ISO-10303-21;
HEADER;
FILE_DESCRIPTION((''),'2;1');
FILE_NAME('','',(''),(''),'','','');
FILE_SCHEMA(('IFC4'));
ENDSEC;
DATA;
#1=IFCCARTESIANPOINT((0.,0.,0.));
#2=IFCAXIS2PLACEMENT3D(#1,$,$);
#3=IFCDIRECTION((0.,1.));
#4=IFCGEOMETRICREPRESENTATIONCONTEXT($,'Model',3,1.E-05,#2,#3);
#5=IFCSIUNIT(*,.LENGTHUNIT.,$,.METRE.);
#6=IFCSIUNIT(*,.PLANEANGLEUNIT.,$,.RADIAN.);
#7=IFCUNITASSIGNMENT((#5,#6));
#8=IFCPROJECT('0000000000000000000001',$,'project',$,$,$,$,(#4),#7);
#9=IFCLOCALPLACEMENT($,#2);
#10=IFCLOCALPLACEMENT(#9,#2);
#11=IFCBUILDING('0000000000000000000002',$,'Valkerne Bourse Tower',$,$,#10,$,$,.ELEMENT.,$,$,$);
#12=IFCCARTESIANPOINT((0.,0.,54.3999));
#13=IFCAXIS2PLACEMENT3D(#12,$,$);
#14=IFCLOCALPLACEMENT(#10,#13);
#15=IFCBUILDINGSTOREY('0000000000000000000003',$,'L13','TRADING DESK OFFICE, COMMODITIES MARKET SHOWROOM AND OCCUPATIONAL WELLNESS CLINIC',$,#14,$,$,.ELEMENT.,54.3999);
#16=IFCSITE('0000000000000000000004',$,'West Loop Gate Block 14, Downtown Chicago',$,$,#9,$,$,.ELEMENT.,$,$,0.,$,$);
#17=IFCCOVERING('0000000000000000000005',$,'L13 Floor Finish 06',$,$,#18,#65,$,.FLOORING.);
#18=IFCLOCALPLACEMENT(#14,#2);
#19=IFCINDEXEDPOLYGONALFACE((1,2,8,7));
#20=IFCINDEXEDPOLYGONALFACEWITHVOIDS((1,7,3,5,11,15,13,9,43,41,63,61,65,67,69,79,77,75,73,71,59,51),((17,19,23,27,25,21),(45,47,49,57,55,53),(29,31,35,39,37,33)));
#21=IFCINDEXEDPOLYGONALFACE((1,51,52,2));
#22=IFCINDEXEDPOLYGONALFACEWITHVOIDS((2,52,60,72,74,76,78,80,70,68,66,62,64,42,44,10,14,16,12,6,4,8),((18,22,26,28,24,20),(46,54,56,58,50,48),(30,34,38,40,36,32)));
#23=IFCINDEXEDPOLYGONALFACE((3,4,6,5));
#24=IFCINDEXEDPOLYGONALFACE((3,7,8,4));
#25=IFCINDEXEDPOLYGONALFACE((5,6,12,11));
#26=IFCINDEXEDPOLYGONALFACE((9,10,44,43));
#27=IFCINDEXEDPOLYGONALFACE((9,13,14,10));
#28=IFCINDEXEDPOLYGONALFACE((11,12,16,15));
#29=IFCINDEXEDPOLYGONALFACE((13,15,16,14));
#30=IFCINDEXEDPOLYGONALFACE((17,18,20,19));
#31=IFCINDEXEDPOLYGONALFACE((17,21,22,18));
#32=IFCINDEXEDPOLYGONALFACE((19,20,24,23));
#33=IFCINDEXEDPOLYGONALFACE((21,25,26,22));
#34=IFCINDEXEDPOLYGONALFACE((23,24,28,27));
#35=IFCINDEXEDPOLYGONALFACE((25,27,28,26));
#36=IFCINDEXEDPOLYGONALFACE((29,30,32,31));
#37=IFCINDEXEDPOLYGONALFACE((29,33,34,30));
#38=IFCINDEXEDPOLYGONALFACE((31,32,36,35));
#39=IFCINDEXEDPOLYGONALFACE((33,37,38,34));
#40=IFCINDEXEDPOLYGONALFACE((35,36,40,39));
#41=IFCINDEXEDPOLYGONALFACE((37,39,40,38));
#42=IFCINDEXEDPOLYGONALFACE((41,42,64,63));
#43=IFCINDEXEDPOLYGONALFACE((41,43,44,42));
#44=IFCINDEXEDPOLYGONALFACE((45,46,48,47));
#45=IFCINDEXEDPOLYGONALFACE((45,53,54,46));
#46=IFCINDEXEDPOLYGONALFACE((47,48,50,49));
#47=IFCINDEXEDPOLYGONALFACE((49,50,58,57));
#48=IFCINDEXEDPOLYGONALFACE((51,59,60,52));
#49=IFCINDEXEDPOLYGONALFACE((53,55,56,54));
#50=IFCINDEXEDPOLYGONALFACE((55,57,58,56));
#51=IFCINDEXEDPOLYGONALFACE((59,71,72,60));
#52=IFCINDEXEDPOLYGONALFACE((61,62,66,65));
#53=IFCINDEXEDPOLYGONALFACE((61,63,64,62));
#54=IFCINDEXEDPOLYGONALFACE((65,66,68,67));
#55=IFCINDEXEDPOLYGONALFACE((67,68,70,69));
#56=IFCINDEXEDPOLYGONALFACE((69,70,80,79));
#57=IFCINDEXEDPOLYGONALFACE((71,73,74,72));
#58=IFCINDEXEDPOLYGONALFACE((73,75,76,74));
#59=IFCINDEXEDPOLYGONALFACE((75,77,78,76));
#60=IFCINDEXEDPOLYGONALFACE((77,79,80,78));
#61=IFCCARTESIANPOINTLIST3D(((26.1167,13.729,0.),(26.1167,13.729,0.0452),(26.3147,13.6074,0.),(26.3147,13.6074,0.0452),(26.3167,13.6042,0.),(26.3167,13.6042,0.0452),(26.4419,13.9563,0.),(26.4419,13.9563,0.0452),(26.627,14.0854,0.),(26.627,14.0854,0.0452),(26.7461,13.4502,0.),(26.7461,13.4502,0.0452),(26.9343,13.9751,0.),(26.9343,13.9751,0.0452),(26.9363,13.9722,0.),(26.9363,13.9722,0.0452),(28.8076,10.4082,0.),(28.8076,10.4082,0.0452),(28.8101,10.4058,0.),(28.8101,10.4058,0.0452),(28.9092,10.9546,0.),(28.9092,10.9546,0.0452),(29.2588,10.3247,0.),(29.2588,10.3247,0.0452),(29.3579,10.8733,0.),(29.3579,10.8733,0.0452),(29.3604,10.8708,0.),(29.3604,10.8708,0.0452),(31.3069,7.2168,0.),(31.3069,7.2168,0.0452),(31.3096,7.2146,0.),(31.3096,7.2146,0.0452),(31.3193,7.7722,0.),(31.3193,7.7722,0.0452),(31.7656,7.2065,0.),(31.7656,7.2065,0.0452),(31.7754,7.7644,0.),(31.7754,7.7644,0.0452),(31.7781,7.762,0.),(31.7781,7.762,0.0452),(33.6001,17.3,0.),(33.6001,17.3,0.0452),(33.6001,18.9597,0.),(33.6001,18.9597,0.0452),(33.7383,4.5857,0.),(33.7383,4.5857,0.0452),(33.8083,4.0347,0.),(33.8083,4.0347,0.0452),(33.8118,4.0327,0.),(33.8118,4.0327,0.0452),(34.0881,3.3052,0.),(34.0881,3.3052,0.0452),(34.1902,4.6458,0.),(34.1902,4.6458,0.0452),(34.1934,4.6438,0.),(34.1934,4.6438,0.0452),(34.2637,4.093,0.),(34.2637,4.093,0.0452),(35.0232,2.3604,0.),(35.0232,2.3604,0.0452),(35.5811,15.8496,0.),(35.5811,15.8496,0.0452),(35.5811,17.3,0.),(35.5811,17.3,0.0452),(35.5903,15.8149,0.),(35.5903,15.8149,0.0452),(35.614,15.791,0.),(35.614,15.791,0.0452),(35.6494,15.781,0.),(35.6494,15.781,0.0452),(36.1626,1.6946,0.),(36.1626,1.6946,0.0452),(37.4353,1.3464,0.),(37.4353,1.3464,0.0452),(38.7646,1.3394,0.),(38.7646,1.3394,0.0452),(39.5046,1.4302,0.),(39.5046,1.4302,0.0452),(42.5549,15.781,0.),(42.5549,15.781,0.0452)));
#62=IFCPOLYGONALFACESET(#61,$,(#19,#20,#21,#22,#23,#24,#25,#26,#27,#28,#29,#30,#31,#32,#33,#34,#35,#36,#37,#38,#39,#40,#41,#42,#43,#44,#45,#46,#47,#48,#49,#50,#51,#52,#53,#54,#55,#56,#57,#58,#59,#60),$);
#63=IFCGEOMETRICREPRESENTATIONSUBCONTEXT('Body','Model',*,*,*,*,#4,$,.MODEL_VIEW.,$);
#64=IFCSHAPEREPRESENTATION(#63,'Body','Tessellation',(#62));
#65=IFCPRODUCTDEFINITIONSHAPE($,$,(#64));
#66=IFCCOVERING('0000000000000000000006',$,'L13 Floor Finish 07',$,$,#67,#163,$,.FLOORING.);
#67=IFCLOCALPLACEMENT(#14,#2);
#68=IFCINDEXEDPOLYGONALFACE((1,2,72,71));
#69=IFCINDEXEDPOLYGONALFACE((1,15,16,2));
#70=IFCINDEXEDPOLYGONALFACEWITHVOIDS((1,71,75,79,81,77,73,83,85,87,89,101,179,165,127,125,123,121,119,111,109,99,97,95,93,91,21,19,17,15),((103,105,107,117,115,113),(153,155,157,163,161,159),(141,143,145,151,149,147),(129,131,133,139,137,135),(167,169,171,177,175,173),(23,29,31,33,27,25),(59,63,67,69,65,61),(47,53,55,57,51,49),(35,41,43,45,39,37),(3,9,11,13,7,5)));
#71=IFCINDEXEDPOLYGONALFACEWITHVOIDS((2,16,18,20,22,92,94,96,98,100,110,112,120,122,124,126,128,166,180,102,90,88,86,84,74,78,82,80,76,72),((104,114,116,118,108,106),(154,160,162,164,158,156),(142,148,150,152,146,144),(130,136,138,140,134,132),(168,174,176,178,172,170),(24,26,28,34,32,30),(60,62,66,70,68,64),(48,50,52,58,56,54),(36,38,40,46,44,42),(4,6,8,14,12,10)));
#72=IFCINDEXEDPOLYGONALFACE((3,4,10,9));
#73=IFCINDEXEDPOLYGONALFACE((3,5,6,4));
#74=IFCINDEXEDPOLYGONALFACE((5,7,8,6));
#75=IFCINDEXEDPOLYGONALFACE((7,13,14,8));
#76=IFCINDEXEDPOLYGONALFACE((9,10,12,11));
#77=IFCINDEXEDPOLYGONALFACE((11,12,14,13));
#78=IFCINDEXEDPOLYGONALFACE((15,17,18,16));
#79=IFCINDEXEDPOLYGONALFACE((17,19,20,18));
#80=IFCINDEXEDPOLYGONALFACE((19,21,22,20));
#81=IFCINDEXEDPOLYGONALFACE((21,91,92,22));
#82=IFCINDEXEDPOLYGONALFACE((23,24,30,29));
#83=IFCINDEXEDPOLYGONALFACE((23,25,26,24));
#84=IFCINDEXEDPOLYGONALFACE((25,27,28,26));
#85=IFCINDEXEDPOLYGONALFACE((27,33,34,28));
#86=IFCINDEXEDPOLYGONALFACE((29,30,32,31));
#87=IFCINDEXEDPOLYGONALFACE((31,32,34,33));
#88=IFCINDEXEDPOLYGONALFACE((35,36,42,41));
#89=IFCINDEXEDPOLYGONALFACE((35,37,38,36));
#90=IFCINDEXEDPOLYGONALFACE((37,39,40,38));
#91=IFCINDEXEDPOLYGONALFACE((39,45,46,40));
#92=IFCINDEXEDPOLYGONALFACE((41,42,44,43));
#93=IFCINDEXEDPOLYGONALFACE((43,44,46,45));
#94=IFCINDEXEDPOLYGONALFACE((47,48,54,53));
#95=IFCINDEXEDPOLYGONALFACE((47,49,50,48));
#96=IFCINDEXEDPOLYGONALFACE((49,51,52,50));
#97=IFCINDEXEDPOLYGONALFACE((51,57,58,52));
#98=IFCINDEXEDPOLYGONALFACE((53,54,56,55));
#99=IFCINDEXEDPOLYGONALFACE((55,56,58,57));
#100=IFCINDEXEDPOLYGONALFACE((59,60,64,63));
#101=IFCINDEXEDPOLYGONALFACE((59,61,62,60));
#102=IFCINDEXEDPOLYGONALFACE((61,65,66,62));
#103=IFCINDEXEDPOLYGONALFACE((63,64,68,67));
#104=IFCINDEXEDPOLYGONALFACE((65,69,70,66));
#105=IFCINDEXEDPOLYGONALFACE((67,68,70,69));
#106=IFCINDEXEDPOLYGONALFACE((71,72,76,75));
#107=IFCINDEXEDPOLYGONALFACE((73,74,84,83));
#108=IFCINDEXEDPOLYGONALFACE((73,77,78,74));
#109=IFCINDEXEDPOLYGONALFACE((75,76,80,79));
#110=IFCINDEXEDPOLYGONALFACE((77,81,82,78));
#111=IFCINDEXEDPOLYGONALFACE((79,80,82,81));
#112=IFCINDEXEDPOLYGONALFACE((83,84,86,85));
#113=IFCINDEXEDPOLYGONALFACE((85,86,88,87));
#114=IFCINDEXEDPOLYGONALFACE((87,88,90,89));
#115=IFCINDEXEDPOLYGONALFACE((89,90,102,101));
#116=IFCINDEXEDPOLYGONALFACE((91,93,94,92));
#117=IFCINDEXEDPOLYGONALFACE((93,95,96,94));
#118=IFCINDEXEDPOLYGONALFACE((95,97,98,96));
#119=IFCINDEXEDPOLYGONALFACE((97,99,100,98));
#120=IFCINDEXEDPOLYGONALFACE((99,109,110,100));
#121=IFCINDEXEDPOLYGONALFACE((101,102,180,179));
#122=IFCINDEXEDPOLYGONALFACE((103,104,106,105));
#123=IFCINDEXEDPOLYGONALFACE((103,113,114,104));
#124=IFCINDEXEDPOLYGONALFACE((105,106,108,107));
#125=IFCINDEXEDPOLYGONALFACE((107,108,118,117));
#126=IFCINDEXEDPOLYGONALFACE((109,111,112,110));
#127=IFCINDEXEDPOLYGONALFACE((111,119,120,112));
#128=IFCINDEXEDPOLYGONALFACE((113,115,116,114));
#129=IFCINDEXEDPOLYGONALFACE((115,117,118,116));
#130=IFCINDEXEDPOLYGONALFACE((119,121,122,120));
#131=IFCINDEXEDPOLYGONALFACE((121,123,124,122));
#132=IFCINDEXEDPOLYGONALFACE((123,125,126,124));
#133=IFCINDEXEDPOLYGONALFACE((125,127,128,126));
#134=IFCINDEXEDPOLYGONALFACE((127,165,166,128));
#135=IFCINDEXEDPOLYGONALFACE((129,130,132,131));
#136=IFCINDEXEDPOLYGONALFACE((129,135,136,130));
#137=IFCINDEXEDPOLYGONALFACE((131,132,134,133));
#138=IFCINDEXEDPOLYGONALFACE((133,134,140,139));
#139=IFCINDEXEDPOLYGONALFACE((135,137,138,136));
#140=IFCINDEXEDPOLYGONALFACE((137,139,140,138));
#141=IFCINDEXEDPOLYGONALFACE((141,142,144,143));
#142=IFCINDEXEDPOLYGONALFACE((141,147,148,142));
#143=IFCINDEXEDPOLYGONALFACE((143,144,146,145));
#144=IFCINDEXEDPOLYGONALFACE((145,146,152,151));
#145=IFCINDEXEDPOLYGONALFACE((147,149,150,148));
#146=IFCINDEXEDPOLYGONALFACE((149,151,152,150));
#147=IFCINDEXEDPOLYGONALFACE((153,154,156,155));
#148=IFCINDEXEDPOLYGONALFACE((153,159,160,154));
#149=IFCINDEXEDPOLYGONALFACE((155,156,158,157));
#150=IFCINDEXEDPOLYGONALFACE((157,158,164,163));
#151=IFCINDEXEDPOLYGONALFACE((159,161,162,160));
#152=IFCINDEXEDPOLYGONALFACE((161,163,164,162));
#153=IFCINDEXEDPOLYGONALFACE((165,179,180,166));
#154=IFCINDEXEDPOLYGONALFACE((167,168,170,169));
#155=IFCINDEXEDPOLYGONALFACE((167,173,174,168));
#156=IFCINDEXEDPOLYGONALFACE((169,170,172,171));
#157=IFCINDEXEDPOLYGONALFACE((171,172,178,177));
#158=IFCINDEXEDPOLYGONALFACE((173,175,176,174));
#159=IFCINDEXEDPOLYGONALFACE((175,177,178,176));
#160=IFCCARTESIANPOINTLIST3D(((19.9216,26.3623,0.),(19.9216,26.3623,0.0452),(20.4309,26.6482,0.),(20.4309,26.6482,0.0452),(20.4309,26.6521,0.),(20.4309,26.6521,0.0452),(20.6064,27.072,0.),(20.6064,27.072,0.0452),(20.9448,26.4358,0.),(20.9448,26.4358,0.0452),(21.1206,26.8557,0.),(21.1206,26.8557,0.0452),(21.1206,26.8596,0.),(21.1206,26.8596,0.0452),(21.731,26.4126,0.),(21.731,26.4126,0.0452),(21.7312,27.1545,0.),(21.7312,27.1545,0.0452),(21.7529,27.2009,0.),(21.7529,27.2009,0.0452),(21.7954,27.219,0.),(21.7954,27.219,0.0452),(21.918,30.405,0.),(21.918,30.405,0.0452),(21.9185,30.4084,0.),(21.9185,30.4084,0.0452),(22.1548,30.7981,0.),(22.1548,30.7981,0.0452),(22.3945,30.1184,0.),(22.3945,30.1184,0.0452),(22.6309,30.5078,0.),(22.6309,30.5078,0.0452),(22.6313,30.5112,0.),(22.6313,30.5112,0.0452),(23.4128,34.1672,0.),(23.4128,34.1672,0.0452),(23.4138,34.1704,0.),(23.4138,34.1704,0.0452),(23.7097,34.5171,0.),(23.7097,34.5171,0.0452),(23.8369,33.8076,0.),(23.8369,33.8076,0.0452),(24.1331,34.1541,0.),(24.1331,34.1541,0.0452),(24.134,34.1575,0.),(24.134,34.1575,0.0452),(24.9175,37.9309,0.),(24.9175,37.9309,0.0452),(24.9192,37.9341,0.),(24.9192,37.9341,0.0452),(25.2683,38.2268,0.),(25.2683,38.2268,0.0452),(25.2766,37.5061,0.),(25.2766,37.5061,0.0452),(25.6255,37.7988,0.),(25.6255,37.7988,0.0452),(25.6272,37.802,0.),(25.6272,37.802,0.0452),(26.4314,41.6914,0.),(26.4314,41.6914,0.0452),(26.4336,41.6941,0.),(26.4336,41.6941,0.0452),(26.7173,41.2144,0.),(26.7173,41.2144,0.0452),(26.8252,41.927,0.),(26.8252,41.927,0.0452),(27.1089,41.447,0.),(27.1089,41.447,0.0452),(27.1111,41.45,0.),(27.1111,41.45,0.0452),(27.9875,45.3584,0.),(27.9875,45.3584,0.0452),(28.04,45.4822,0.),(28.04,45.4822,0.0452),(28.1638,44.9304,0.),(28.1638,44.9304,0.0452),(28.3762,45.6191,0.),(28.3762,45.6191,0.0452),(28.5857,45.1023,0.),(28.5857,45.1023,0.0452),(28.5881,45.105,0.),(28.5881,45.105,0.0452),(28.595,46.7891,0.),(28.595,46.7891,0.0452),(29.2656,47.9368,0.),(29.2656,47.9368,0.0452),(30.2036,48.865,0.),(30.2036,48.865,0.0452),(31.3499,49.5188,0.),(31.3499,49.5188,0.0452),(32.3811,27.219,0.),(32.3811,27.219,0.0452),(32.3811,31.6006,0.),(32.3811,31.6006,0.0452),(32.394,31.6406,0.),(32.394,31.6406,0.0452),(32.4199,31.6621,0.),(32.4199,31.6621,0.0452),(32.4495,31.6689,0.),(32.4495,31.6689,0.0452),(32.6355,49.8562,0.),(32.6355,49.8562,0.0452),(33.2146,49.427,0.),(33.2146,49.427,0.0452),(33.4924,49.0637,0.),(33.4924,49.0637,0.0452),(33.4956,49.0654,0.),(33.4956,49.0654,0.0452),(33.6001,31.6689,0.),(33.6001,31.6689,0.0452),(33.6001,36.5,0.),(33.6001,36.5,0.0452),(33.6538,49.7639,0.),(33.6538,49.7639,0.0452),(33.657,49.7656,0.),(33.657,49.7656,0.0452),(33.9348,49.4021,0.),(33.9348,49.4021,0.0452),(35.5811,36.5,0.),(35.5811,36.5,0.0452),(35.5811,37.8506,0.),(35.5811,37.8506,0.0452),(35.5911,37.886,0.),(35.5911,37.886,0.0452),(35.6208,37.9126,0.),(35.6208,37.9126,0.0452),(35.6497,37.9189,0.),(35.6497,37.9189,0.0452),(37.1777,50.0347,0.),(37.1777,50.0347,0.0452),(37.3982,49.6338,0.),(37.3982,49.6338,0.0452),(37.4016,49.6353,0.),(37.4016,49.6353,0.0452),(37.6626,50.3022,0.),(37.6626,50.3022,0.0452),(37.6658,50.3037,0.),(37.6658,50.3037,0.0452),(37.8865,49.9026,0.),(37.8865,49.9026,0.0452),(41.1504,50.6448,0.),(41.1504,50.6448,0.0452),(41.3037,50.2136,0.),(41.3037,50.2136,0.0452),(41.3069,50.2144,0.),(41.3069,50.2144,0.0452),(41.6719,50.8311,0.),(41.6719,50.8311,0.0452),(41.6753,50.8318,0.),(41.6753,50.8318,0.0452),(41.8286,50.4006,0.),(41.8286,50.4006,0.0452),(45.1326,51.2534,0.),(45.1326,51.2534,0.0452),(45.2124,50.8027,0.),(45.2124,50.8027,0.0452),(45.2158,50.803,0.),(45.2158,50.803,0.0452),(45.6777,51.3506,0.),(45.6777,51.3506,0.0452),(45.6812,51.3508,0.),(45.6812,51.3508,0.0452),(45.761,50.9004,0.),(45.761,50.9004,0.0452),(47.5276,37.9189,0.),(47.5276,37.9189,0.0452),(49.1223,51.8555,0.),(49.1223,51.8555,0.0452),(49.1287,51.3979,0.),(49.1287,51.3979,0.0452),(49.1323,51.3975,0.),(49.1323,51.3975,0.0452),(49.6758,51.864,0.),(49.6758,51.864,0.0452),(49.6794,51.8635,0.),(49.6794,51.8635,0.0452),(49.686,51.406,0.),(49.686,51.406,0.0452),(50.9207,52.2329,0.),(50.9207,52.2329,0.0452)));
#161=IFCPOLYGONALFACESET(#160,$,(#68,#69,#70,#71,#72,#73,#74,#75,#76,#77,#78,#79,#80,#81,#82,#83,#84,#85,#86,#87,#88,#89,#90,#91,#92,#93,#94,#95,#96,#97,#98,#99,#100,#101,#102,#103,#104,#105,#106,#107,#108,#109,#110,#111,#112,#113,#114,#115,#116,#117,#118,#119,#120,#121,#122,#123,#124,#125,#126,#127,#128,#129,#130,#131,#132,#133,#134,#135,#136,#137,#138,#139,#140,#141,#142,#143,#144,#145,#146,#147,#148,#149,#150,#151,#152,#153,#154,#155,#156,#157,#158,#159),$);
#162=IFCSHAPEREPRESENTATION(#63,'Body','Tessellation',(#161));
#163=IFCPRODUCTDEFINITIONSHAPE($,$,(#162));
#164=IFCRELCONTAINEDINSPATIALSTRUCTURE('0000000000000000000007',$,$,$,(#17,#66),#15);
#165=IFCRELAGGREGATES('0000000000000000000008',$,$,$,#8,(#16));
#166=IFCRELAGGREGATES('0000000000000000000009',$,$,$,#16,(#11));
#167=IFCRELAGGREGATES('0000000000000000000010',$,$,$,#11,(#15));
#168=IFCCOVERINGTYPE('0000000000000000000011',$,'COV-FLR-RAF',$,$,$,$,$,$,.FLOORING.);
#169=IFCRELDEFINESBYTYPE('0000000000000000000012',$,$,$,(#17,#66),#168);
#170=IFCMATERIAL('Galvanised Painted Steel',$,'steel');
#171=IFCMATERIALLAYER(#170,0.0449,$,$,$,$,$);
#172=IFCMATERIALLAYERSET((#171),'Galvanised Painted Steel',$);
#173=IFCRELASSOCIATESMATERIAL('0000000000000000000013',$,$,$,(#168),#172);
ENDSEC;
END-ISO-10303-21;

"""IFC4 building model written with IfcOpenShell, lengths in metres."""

from ifc_helpers import new_model, si_unit, direction, frame, origin, place, context, subcontext, project, spatial, polyline, outline, extrude, material, layer, layer_set, type_object, element, save


model = new_model("IFC4")

# Units and contexts
model_context = context("Model", 3, precision=1e-05, world=origin(), true_north=direction((0.0, 1.0)))
body_context = subcontext(model_context, "Body", "Model", "MODEL_VIEW")
ifc_project = project(units=[si_unit("LENGTHUNIT", "METRE"), si_unit("PLANEANGLEUNIT", "RADIAN")], contexts=[model_context])

# Site, building, storey
site_placement = place(None, origin())
site = spatial("IfcSite", under=ifc_project, at=site_placement, Name="West Loop Gate Block 14, Downtown Chicago", CompositionType="ELEMENT", RefElevation=0.0)
building_placement = place(site_placement, origin())
building = spatial("IfcBuilding", under=site, at=building_placement, Name="Valkerne Bourse Tower", CompositionType="ELEMENT")
storey_placement = place(building_placement, frame((0.0, 0.0, 54.3999)))
storey = spatial("IfcBuildingStorey", under=building, at=storey_placement, Name="L13", Description="TRADING DESK OFFICE, COMMODITIES MARKET SHOWROOM AND OCCUPATIONAL WELLNESS CLINIC", CompositionType="ELEMENT", Elevation=54.3999)

# Coverings
ifc_material_1 = material(Name="Galvanised Painted Steel", Category="steel")
ifc_layer_1 = layer(ifc_material_1, 0.0449)
ifc_layer_set_1 = layer_set([ifc_layer_1], Name="Galvanised Painted Steel")
covering_type_1 = type_object("IfcCoveringType", Name="COV-FLR-RAF", PredefinedType="FLOORING", material=ifc_layer_set_1)
covering_1_placement = place(storey_placement, origin())
element("IfcCovering", 1, at=covering_1_placement, inside=storey, type_object=covering_type_1, Name="L13 Floor Finish 06", PredefinedType="FLOORING", context=body_context, shape_type="SweptSolid", body=[
    extrude(outline(polyline([(36.1626, 1.6946), (35.0232, 2.3604), (34.0881, 3.3052), (26.1167, 13.729), (26.4419, 13.9563), (26.3147, 13.6074), (26.3167, 13.6042), (26.7461, 13.4502), (26.9363, 13.9722), (26.9343, 13.9751), (26.627, 14.0854), (33.6001, 18.9597), (33.6001, 17.3), (35.5811, 17.3), (35.5811, 15.8496), (35.5903, 15.8149), (35.614, 15.791), (35.6494, 15.781), (42.5549, 15.781), (39.5046, 1.4302), (38.7646, 1.3394), (37.4353, 1.3464), (36.1626, 1.6946)]), holes=[polyline([(34.1934, 4.6438), (34.1902, 4.6458), (33.7383, 4.5857), (33.8083, 4.0347), (33.8118, 4.0327), (34.2637, 4.093), (34.1934, 4.6438)]), polyline([(31.7754, 7.7644), (31.3193, 7.7722), (31.3069, 7.2168), (31.3096, 7.2146), (31.7656, 7.2065), (31.7781, 7.762), (31.7754, 7.7644)]), polyline([(29.3604, 10.8708), (29.3579, 10.8733), (28.9092, 10.9546), (28.8076, 10.4082), (28.8101, 10.4058), (29.2588, 10.3247), (29.3604, 10.8708)])]), origin(), (0.0, 0.0, 1.0), 0.0452),
])
covering_2_placement = place(storey_placement, origin())
element("IfcCovering", 2, at=covering_2_placement, inside=storey, type_object=covering_type_1, Name="L13 Floor Finish 07", PredefinedType="FLOORING", context=body_context, shape_type="SweptSolid", body=[
    extrude(outline(polyline([(30.2036, 48.865), (31.3499, 49.5188), (32.6355, 49.8562), (50.9207, 52.2329), (47.5276, 37.9189), (35.6497, 37.9189), (35.6208, 37.9126), (35.5911, 37.886), (35.5811, 37.8506), (35.5811, 36.5), (33.6001, 36.5), (33.6001, 31.6689), (32.4495, 31.6689), (32.4199, 31.6621), (32.394, 31.6406), (32.3811, 31.6006), (32.3811, 27.219), (21.7954, 27.219), (21.7529, 27.2009), (21.7312, 27.1545), (21.731, 26.4126), (19.9216, 26.3623), (27.9875, 45.3584), (28.1638, 44.9304), (28.5857, 45.1023), (28.5881, 45.105), (28.3762, 45.6191), (28.04, 45.4822), (28.595, 46.7891), (29.2656, 47.9368), (30.2036, 48.865)]), holes=[polyline([(21.1206, 26.8596), (20.6064, 27.072), (20.4309, 26.6521), (20.4309, 26.6482), (20.9448, 26.4358), (21.1206, 26.8557), (21.1206, 26.8596)]), polyline([(22.6309, 30.5078), (22.6313, 30.5112), (22.1548, 30.7981), (21.9185, 30.4084), (21.918, 30.405), (22.3945, 30.1184), (22.6309, 30.5078)]), polyline([(24.134, 34.1575), (23.7097, 34.5171), (23.4138, 34.1704), (23.4128, 34.1672), (23.8369, 33.8076), (24.1331, 34.1541), (24.134, 34.1575)]), polyline([(25.6255, 37.7988), (25.6272, 37.802), (25.2683, 38.2268), (24.9192, 37.9341), (24.9175, 37.9309), (25.2766, 37.5061), (25.6255, 37.7988)]), polyline([(27.1089, 41.447), (27.1111, 41.45), (26.8252, 41.927), (26.4336, 41.6941), (26.4314, 41.6914), (26.7173, 41.2144), (27.1089, 41.447)]), polyline([(33.4956, 49.0654), (33.9348, 49.4021), (33.657, 49.7656), (33.6538, 49.7639), (33.2146, 49.427), (33.4924, 49.0637), (33.4956, 49.0654)]), polyline([(37.4016, 49.6353), (37.8865, 49.9026), (37.6658, 50.3037), (37.6626, 50.3022), (37.1777, 50.0347), (37.3982, 49.6338), (37.4016, 49.6353)]), polyline([(41.3069, 50.2144), (41.8286, 50.4006), (41.6753, 50.8318), (41.6719, 50.8311), (41.1504, 50.6448), (41.3037, 50.2136), (41.3069, 50.2144)]), polyline([(45.761, 50.9004), (45.6812, 51.3508), (45.6777, 51.3506), (45.1326, 51.2534), (45.2124, 50.8027), (45.2158, 50.803), (45.761, 50.9004)]), polyline([(49.686, 51.406), (49.6794, 51.8635), (49.6758, 51.864), (49.1223, 51.8555), (49.1287, 51.3979), (49.1323, 51.3975), (49.686, 51.406)])]), origin(), (0.0, 0.0, 1.0), 0.0452),
])

save(model, "model.ifc")
